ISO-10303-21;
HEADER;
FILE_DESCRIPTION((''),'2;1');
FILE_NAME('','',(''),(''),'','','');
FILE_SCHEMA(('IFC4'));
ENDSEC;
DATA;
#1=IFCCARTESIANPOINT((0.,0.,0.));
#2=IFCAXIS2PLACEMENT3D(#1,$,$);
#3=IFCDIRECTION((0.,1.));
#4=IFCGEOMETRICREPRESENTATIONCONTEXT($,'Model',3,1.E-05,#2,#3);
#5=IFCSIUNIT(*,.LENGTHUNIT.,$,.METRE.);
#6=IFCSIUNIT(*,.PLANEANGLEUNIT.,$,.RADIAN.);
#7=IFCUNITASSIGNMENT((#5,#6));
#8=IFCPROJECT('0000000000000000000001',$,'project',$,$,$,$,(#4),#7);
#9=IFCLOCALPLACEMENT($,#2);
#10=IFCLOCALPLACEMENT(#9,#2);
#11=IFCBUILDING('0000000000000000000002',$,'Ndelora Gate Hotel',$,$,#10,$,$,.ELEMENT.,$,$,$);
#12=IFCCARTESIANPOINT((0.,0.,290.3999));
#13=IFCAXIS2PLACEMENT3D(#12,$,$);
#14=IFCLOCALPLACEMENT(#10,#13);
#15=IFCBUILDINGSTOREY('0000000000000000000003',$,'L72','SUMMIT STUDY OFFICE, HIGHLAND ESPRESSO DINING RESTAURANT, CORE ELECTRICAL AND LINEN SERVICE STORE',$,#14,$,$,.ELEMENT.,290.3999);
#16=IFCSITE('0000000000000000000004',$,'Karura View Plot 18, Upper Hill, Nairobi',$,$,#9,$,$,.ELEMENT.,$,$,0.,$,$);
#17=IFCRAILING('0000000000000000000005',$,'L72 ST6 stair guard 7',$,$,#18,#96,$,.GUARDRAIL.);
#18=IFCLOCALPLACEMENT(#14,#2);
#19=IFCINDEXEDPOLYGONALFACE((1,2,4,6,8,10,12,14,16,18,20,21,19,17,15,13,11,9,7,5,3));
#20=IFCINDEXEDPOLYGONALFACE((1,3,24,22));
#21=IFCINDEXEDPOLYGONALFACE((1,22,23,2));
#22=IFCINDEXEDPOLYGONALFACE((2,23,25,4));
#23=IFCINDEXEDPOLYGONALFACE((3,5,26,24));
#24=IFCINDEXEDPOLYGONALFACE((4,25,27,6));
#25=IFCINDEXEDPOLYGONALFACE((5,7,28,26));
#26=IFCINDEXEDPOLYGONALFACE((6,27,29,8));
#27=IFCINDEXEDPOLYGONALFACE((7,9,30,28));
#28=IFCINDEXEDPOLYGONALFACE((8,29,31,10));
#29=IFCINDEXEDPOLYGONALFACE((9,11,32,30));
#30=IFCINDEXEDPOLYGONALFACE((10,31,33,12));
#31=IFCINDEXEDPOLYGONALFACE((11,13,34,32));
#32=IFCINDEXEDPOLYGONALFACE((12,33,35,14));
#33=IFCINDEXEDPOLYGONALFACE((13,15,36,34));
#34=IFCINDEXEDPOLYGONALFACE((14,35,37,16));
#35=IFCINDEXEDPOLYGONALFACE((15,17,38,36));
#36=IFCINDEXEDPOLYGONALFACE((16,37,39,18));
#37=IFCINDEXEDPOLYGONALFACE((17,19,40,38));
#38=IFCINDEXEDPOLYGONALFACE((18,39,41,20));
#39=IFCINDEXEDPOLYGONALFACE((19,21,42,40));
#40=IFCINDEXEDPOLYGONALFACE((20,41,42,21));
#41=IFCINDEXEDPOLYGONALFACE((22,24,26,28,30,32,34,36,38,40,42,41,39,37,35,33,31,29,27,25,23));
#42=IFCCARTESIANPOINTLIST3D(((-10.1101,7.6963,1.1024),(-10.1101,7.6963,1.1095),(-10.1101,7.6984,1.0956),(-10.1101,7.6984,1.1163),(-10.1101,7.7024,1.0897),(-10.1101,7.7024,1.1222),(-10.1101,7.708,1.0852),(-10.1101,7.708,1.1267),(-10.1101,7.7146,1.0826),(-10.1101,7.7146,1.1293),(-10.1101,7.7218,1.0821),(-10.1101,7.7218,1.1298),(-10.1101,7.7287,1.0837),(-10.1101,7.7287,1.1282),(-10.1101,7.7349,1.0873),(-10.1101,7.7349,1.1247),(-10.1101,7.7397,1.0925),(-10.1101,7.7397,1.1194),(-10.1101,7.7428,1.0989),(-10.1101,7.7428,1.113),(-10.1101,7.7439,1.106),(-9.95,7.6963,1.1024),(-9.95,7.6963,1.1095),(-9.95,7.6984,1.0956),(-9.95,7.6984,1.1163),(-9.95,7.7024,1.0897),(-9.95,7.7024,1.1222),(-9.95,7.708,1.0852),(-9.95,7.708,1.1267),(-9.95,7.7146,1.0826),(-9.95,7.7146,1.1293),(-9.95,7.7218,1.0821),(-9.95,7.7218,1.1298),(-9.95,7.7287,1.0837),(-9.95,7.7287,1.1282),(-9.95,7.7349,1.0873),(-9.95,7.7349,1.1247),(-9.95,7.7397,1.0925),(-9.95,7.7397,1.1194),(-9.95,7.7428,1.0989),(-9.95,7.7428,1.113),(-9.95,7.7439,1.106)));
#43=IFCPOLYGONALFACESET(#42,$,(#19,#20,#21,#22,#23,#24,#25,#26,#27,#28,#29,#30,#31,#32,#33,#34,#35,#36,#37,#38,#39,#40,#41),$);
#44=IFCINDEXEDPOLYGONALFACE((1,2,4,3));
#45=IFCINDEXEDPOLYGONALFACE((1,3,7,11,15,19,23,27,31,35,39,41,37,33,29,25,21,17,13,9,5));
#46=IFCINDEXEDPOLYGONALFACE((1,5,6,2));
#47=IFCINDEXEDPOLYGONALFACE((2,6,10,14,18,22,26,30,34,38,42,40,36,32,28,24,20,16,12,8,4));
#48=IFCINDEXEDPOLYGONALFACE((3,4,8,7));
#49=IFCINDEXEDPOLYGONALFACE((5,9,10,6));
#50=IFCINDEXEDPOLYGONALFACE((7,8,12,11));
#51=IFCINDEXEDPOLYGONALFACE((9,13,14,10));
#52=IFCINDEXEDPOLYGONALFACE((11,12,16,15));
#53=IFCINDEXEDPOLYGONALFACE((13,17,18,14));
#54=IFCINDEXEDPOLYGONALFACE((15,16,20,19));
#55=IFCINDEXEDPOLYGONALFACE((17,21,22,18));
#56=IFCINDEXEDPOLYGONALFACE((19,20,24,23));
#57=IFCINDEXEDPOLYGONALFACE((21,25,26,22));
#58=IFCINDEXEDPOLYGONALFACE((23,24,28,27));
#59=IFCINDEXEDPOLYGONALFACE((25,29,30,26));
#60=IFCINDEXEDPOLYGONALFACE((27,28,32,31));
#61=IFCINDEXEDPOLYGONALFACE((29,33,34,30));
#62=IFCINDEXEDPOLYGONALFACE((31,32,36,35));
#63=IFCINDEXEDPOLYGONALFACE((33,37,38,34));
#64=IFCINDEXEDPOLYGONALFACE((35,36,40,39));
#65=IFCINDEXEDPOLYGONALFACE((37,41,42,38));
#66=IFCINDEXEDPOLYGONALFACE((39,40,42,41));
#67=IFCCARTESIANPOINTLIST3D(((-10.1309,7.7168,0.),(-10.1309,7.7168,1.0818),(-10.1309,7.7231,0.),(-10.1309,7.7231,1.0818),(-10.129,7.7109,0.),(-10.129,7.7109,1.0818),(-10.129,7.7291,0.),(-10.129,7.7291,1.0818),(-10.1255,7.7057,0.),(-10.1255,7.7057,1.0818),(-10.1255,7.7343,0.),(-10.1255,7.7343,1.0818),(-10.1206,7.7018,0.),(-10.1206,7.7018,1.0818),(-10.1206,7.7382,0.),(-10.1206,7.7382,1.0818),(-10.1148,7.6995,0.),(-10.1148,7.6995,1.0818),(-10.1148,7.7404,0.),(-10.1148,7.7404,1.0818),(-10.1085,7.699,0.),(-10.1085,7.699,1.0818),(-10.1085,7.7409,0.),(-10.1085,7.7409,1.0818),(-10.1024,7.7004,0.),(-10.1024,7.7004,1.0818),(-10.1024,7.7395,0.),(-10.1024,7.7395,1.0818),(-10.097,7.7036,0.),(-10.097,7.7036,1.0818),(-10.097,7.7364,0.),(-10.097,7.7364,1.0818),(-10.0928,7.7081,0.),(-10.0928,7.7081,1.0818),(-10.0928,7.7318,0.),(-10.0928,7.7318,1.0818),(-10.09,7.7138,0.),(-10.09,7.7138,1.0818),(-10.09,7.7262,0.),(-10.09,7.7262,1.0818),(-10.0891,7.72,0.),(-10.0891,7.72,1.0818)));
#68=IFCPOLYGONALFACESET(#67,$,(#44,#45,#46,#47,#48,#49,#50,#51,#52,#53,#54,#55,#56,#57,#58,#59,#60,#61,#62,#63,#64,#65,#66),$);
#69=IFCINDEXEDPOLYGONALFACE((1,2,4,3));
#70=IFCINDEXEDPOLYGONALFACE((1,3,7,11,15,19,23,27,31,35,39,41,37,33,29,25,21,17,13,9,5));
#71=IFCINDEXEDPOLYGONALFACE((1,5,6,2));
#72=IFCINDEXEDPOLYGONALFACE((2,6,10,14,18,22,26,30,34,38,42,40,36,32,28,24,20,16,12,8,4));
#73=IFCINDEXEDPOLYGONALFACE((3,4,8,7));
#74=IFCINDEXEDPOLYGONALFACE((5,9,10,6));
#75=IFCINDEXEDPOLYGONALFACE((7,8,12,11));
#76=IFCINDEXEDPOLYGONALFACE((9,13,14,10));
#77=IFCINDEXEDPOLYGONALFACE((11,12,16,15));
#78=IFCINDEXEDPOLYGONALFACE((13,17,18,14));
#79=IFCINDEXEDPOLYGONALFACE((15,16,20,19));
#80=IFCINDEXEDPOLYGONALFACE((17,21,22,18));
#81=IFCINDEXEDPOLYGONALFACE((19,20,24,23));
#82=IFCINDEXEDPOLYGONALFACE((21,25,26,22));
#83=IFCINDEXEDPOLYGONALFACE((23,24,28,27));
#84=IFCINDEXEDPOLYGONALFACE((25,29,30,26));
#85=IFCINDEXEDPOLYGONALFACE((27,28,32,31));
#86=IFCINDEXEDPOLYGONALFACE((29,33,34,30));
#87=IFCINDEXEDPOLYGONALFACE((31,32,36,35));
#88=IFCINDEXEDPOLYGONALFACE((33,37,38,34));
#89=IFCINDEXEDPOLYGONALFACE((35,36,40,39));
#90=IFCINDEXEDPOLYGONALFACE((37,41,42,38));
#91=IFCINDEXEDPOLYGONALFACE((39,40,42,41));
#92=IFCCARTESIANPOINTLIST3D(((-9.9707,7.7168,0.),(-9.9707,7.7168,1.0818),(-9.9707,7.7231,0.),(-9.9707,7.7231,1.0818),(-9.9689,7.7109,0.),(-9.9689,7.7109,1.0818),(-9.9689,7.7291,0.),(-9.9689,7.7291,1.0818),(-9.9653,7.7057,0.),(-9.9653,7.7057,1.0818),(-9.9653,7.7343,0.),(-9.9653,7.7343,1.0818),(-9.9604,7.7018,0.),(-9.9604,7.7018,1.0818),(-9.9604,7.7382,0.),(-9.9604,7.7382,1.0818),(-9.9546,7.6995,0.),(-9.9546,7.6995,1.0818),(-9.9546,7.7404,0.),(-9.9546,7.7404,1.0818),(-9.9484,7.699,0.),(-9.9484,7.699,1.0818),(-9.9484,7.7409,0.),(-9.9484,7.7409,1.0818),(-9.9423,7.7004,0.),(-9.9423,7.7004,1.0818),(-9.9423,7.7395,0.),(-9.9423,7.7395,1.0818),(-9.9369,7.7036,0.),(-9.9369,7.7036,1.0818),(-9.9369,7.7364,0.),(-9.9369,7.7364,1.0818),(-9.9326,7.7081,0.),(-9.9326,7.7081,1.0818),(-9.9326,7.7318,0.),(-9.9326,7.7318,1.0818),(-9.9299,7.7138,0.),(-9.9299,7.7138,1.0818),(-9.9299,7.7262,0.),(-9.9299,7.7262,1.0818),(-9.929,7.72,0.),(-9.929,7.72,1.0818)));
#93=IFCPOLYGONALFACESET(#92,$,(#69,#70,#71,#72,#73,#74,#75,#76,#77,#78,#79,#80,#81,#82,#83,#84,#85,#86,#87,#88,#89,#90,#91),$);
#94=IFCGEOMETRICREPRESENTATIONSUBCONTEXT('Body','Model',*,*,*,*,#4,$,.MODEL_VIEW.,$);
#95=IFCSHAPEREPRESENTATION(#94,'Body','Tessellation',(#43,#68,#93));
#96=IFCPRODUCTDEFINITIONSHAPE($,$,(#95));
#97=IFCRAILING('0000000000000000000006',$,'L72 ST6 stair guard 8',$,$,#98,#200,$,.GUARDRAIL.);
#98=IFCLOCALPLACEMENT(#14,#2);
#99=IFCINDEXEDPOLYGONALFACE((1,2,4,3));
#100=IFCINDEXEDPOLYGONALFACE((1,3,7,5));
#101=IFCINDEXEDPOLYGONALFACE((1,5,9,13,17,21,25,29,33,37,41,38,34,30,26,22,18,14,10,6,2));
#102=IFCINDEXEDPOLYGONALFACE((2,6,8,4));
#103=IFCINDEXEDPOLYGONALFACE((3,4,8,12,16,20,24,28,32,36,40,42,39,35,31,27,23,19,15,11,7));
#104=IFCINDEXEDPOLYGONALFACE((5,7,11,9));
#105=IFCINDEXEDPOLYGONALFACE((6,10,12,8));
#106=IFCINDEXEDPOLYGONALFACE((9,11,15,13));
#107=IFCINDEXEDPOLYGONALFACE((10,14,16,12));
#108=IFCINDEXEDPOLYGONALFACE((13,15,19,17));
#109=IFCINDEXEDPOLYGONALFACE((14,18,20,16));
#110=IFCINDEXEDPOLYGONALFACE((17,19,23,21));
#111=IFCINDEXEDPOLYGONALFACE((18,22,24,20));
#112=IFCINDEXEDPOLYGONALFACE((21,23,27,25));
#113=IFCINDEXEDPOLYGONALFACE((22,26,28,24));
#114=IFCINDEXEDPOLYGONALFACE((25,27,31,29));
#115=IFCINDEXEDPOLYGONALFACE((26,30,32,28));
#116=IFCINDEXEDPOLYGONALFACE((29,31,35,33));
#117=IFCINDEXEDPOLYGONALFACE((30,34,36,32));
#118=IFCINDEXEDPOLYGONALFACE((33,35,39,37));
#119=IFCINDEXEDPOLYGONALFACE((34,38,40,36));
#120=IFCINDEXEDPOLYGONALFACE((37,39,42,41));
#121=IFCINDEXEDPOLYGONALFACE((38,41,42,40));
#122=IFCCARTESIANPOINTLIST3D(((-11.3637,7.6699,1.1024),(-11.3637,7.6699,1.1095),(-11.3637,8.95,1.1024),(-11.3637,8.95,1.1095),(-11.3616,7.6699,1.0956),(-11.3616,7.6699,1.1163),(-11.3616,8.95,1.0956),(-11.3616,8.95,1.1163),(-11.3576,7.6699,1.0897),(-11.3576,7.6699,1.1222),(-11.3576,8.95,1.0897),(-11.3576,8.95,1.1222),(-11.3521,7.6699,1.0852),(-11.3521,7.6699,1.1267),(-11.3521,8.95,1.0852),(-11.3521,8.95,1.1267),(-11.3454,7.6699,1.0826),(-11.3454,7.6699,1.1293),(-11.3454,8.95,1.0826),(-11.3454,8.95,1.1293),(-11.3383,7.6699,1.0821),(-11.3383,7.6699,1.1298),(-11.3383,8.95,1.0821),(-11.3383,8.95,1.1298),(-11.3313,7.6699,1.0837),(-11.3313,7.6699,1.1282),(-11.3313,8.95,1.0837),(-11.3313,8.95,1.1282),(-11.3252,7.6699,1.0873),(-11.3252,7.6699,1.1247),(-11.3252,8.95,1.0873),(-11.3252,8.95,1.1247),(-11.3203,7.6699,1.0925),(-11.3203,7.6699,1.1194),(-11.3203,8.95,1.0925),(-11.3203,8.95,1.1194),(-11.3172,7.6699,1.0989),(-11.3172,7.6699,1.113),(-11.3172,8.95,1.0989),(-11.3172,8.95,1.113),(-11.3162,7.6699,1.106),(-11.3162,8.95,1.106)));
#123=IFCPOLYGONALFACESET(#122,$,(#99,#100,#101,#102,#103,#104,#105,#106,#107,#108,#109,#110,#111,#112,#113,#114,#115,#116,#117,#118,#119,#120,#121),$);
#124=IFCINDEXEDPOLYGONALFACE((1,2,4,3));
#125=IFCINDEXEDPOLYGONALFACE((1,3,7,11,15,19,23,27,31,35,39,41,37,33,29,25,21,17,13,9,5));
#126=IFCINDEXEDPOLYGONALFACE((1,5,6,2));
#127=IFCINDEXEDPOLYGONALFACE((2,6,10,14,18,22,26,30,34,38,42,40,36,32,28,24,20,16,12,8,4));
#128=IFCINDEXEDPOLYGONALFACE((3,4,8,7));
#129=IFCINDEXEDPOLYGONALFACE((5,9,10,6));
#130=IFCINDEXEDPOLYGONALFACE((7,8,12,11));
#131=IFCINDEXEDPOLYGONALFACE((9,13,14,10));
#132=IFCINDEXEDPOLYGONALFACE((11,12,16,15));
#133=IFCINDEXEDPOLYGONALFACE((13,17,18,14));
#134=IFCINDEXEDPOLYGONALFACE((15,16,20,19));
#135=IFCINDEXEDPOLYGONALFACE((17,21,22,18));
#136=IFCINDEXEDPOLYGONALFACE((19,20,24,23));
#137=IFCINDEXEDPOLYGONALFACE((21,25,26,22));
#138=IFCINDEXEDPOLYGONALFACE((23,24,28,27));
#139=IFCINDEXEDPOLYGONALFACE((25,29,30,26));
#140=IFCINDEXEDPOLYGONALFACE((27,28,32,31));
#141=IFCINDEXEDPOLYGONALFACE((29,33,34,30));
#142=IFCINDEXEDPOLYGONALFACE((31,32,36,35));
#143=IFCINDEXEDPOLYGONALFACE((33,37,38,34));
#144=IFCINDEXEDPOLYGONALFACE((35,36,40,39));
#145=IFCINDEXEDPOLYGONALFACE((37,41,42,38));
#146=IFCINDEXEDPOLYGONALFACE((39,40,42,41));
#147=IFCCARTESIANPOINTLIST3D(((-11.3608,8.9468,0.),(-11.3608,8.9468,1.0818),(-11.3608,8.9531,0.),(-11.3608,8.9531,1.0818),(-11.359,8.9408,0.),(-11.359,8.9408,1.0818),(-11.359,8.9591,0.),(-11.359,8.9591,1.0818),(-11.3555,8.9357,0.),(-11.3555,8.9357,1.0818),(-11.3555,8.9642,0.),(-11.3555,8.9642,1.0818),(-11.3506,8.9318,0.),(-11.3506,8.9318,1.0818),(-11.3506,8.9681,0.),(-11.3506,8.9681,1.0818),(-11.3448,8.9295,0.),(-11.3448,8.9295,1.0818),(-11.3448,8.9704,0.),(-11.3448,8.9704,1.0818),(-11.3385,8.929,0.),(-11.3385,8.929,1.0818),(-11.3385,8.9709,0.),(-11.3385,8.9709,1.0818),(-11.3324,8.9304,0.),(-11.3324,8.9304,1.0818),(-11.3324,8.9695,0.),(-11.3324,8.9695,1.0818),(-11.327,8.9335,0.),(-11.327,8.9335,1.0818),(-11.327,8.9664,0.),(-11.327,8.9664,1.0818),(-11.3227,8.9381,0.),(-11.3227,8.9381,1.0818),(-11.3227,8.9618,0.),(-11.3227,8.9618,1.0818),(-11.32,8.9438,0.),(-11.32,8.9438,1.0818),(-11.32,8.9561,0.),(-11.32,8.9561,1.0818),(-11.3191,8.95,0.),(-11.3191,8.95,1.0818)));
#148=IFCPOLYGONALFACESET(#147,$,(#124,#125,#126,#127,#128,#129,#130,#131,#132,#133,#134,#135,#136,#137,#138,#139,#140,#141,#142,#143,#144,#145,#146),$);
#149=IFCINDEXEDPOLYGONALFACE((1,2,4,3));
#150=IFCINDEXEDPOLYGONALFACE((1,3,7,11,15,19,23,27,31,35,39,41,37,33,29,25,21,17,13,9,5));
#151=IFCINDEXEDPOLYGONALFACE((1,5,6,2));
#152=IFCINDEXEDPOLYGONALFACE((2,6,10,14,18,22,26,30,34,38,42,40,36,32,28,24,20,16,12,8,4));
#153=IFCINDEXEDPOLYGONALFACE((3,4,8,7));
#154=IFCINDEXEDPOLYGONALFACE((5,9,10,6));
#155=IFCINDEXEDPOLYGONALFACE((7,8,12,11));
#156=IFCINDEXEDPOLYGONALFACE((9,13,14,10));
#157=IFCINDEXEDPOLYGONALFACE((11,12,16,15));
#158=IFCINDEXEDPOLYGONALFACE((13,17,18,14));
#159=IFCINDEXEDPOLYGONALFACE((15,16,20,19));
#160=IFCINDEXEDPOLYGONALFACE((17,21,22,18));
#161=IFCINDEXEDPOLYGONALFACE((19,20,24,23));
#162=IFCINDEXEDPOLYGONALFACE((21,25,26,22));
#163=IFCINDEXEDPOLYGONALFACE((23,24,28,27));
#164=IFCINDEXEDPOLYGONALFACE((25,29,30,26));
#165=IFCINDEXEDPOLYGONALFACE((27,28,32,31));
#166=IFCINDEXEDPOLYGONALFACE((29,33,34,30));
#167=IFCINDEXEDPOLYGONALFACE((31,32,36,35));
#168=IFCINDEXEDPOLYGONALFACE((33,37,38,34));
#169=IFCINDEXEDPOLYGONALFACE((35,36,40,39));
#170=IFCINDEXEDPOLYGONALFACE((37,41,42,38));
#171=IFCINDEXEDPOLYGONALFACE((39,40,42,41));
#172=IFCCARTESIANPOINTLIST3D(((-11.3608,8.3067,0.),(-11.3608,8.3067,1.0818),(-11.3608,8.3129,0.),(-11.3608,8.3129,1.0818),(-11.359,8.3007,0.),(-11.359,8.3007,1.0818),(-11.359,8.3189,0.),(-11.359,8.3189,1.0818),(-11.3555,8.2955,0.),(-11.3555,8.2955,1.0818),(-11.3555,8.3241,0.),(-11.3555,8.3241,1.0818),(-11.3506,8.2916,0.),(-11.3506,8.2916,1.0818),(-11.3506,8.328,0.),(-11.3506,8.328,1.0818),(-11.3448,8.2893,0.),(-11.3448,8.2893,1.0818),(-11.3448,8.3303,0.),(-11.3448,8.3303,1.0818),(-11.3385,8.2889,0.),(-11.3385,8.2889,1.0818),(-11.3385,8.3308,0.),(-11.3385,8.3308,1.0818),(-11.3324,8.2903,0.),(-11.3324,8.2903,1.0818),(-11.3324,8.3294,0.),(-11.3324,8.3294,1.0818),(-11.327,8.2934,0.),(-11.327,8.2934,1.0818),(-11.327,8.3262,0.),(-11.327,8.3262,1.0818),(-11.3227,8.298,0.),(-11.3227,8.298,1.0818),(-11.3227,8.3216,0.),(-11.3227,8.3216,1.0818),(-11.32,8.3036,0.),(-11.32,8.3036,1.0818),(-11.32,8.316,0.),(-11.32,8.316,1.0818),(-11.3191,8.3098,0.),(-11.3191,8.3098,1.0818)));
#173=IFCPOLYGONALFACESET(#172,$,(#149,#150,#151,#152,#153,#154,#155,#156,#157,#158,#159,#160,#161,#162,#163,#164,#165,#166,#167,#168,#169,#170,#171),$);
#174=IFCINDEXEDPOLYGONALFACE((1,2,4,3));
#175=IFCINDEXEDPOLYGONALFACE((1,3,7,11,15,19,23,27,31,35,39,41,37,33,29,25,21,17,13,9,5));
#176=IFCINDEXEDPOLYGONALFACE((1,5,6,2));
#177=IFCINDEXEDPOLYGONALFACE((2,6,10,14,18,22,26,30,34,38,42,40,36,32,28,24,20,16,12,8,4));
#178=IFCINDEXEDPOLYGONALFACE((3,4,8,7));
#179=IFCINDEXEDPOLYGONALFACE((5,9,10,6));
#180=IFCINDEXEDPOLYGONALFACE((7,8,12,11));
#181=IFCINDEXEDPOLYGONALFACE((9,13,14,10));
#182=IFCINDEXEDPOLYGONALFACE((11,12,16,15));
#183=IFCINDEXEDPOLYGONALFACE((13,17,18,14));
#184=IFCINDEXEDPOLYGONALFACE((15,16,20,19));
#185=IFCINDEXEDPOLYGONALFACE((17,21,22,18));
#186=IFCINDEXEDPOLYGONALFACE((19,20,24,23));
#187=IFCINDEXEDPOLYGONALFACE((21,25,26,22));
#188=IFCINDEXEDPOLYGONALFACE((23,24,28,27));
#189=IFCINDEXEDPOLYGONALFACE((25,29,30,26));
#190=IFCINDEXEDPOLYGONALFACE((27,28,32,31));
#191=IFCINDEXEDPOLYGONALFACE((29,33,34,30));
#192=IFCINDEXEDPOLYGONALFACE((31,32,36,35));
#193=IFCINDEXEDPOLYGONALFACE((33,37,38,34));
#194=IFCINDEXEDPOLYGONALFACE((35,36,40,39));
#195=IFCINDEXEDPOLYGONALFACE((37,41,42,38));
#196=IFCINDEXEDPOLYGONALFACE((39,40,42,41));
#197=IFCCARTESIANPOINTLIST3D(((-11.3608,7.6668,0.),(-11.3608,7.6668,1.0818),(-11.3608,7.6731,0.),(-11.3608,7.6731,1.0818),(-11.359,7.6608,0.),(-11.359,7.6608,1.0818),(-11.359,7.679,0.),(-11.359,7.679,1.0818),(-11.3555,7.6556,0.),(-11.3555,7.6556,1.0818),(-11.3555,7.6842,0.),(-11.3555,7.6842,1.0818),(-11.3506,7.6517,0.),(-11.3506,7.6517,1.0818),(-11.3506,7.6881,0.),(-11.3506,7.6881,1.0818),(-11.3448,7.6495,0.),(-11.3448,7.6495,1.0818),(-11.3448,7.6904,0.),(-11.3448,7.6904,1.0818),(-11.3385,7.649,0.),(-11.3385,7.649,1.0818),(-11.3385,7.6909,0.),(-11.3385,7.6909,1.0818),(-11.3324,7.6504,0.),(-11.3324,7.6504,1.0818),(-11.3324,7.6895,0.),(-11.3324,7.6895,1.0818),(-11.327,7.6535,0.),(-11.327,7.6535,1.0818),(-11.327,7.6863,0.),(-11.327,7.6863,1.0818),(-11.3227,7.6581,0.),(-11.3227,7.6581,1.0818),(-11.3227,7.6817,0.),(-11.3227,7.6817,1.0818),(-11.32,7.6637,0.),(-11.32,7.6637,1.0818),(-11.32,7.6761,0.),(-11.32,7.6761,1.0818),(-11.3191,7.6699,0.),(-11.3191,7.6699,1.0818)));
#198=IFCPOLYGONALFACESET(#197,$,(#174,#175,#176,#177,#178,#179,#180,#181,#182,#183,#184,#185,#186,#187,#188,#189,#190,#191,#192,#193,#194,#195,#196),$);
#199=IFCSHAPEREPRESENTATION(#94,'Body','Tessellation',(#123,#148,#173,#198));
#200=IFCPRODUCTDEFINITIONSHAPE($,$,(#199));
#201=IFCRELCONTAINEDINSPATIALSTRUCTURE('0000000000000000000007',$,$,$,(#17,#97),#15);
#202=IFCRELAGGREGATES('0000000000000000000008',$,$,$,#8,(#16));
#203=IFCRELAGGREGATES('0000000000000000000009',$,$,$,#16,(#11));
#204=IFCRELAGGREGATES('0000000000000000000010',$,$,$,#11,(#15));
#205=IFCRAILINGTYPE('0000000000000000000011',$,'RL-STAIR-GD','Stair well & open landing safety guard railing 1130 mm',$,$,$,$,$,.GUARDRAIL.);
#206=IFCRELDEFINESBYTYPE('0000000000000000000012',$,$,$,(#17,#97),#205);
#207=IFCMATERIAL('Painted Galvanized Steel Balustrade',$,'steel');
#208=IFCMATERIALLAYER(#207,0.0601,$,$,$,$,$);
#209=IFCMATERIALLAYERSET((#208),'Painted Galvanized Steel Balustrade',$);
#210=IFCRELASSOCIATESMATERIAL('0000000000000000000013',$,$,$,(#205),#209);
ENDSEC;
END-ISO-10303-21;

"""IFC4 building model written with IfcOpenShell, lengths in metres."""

from ifc_helpers import new_model, si_unit, direction, frame, origin, origin_2d, place, context, subcontext, project, spatial, circle, extrude, material, layer, layer_set, type_object, element, save


model = new_model("IFC4")

# Units and contexts
model_context = context("Model", 3, precision=1e-05, world=origin(), true_north=direction((0.0, 1.0)))
body_context = subcontext(model_context, "Body", "Model", "MODEL_VIEW")
ifc_project = project(units=[si_unit("LENGTHUNIT", "METRE"), si_unit("PLANEANGLEUNIT", "RADIAN")], contexts=[model_context])

# Site, building, storey
site_placement = place(None, origin())
site = spatial("IfcSite", under=ifc_project, at=site_placement, Name="Karura View Plot 18, Upper Hill, Nairobi", CompositionType="ELEMENT", RefElevation=0.0)
building_placement = place(site_placement, origin())
building = spatial("IfcBuilding", under=site, at=building_placement, Name="Ndelora Gate Hotel", CompositionType="ELEMENT")
storey_placement = place(building_placement, frame((0.0, 0.0, 290.3999)))
storey = spatial("IfcBuildingStorey", under=building, at=storey_placement, Name="L72", Description="SUMMIT STUDY OFFICE, HIGHLAND ESPRESSO DINING RESTAURANT, CORE ELECTRICAL AND LINEN SERVICE STORE", CompositionType="ELEMENT", Elevation=290.3999)

# Railings
ifc_material_1 = material(Name="Painted Galvanized Steel Balustrade", Category="steel")
ifc_layer_1 = layer(ifc_material_1, 0.0601)
ifc_layer_set_1 = layer_set([ifc_layer_1], Name="Painted Galvanized Steel Balustrade")
railing_type_1 = type_object("IfcRailingType", Name="RL-STAIR-GD", Description="Stair well & open landing safety guard railing 1130 mm", PredefinedType="GUARDRAIL", material=ifc_layer_set_1)
railing_1_placement = place(storey_placement, frame((-10.1101, 7.72, 0.0)))
element("IfcRailing", 1, at=railing_1_placement, inside=storey, type_object=railing_type_1, Name="L72 ST6 stair guard 7", PredefinedType="GUARDRAIL", context=body_context, shape_type="SweptSolid", body=[
    extrude(circle(Radius=0.0239, at=origin_2d()), frame((0.0, 0.0, 1.106), z_axis=(1.0, 0.0, 0.0), x_axis=(0.0, 1.0, 0.0)), (0.0, 0.0, 1.0), 0.1602),
    extrude(circle(Radius=0.021, at=origin_2d()), origin(), (0.0, 0.0, 1.0), 1.0818),
    extrude(circle(Radius=0.021, at=origin_2d()), frame((0.1602, 0.0, 0.0)), (0.0, 0.0, 1.0), 1.0818),
])
for number, where, name in (
    (2, (-11.3401, 8.95, 0.0), "L72 ST6 stair guard 8"),
):
    element("IfcRailing", number, at=place(storey_placement, frame(where)), inside=storey, type_object=railing_type_1, Name=name, PredefinedType="GUARDRAIL", context=body_context, shape_type="SweptSolid", body=[
        extrude(circle(Radius=0.0239, at=origin_2d()), frame((0.0, 0.0, 1.106), z_axis=(0.0, -1.0, 0.0), x_axis=(1.0, 0.0, 0.0)), (0.0, 0.0, 1.0), 1.28),
        extrude(circle(Radius=0.021, at=origin_2d()), origin(), (0.0, 0.0, 1.0), 1.0818),
        extrude(circle(Radius=0.021, at=origin_2d()), frame((0.0, -0.6401, 0.0)), (0.0, 0.0, 1.0), 1.0818),
        extrude(circle(Radius=0.021, at=origin_2d()), frame((0.0, -1.28, 0.0)), (0.0, 0.0, 1.0), 1.0818),
    ])

save(model, "model.ifc")
